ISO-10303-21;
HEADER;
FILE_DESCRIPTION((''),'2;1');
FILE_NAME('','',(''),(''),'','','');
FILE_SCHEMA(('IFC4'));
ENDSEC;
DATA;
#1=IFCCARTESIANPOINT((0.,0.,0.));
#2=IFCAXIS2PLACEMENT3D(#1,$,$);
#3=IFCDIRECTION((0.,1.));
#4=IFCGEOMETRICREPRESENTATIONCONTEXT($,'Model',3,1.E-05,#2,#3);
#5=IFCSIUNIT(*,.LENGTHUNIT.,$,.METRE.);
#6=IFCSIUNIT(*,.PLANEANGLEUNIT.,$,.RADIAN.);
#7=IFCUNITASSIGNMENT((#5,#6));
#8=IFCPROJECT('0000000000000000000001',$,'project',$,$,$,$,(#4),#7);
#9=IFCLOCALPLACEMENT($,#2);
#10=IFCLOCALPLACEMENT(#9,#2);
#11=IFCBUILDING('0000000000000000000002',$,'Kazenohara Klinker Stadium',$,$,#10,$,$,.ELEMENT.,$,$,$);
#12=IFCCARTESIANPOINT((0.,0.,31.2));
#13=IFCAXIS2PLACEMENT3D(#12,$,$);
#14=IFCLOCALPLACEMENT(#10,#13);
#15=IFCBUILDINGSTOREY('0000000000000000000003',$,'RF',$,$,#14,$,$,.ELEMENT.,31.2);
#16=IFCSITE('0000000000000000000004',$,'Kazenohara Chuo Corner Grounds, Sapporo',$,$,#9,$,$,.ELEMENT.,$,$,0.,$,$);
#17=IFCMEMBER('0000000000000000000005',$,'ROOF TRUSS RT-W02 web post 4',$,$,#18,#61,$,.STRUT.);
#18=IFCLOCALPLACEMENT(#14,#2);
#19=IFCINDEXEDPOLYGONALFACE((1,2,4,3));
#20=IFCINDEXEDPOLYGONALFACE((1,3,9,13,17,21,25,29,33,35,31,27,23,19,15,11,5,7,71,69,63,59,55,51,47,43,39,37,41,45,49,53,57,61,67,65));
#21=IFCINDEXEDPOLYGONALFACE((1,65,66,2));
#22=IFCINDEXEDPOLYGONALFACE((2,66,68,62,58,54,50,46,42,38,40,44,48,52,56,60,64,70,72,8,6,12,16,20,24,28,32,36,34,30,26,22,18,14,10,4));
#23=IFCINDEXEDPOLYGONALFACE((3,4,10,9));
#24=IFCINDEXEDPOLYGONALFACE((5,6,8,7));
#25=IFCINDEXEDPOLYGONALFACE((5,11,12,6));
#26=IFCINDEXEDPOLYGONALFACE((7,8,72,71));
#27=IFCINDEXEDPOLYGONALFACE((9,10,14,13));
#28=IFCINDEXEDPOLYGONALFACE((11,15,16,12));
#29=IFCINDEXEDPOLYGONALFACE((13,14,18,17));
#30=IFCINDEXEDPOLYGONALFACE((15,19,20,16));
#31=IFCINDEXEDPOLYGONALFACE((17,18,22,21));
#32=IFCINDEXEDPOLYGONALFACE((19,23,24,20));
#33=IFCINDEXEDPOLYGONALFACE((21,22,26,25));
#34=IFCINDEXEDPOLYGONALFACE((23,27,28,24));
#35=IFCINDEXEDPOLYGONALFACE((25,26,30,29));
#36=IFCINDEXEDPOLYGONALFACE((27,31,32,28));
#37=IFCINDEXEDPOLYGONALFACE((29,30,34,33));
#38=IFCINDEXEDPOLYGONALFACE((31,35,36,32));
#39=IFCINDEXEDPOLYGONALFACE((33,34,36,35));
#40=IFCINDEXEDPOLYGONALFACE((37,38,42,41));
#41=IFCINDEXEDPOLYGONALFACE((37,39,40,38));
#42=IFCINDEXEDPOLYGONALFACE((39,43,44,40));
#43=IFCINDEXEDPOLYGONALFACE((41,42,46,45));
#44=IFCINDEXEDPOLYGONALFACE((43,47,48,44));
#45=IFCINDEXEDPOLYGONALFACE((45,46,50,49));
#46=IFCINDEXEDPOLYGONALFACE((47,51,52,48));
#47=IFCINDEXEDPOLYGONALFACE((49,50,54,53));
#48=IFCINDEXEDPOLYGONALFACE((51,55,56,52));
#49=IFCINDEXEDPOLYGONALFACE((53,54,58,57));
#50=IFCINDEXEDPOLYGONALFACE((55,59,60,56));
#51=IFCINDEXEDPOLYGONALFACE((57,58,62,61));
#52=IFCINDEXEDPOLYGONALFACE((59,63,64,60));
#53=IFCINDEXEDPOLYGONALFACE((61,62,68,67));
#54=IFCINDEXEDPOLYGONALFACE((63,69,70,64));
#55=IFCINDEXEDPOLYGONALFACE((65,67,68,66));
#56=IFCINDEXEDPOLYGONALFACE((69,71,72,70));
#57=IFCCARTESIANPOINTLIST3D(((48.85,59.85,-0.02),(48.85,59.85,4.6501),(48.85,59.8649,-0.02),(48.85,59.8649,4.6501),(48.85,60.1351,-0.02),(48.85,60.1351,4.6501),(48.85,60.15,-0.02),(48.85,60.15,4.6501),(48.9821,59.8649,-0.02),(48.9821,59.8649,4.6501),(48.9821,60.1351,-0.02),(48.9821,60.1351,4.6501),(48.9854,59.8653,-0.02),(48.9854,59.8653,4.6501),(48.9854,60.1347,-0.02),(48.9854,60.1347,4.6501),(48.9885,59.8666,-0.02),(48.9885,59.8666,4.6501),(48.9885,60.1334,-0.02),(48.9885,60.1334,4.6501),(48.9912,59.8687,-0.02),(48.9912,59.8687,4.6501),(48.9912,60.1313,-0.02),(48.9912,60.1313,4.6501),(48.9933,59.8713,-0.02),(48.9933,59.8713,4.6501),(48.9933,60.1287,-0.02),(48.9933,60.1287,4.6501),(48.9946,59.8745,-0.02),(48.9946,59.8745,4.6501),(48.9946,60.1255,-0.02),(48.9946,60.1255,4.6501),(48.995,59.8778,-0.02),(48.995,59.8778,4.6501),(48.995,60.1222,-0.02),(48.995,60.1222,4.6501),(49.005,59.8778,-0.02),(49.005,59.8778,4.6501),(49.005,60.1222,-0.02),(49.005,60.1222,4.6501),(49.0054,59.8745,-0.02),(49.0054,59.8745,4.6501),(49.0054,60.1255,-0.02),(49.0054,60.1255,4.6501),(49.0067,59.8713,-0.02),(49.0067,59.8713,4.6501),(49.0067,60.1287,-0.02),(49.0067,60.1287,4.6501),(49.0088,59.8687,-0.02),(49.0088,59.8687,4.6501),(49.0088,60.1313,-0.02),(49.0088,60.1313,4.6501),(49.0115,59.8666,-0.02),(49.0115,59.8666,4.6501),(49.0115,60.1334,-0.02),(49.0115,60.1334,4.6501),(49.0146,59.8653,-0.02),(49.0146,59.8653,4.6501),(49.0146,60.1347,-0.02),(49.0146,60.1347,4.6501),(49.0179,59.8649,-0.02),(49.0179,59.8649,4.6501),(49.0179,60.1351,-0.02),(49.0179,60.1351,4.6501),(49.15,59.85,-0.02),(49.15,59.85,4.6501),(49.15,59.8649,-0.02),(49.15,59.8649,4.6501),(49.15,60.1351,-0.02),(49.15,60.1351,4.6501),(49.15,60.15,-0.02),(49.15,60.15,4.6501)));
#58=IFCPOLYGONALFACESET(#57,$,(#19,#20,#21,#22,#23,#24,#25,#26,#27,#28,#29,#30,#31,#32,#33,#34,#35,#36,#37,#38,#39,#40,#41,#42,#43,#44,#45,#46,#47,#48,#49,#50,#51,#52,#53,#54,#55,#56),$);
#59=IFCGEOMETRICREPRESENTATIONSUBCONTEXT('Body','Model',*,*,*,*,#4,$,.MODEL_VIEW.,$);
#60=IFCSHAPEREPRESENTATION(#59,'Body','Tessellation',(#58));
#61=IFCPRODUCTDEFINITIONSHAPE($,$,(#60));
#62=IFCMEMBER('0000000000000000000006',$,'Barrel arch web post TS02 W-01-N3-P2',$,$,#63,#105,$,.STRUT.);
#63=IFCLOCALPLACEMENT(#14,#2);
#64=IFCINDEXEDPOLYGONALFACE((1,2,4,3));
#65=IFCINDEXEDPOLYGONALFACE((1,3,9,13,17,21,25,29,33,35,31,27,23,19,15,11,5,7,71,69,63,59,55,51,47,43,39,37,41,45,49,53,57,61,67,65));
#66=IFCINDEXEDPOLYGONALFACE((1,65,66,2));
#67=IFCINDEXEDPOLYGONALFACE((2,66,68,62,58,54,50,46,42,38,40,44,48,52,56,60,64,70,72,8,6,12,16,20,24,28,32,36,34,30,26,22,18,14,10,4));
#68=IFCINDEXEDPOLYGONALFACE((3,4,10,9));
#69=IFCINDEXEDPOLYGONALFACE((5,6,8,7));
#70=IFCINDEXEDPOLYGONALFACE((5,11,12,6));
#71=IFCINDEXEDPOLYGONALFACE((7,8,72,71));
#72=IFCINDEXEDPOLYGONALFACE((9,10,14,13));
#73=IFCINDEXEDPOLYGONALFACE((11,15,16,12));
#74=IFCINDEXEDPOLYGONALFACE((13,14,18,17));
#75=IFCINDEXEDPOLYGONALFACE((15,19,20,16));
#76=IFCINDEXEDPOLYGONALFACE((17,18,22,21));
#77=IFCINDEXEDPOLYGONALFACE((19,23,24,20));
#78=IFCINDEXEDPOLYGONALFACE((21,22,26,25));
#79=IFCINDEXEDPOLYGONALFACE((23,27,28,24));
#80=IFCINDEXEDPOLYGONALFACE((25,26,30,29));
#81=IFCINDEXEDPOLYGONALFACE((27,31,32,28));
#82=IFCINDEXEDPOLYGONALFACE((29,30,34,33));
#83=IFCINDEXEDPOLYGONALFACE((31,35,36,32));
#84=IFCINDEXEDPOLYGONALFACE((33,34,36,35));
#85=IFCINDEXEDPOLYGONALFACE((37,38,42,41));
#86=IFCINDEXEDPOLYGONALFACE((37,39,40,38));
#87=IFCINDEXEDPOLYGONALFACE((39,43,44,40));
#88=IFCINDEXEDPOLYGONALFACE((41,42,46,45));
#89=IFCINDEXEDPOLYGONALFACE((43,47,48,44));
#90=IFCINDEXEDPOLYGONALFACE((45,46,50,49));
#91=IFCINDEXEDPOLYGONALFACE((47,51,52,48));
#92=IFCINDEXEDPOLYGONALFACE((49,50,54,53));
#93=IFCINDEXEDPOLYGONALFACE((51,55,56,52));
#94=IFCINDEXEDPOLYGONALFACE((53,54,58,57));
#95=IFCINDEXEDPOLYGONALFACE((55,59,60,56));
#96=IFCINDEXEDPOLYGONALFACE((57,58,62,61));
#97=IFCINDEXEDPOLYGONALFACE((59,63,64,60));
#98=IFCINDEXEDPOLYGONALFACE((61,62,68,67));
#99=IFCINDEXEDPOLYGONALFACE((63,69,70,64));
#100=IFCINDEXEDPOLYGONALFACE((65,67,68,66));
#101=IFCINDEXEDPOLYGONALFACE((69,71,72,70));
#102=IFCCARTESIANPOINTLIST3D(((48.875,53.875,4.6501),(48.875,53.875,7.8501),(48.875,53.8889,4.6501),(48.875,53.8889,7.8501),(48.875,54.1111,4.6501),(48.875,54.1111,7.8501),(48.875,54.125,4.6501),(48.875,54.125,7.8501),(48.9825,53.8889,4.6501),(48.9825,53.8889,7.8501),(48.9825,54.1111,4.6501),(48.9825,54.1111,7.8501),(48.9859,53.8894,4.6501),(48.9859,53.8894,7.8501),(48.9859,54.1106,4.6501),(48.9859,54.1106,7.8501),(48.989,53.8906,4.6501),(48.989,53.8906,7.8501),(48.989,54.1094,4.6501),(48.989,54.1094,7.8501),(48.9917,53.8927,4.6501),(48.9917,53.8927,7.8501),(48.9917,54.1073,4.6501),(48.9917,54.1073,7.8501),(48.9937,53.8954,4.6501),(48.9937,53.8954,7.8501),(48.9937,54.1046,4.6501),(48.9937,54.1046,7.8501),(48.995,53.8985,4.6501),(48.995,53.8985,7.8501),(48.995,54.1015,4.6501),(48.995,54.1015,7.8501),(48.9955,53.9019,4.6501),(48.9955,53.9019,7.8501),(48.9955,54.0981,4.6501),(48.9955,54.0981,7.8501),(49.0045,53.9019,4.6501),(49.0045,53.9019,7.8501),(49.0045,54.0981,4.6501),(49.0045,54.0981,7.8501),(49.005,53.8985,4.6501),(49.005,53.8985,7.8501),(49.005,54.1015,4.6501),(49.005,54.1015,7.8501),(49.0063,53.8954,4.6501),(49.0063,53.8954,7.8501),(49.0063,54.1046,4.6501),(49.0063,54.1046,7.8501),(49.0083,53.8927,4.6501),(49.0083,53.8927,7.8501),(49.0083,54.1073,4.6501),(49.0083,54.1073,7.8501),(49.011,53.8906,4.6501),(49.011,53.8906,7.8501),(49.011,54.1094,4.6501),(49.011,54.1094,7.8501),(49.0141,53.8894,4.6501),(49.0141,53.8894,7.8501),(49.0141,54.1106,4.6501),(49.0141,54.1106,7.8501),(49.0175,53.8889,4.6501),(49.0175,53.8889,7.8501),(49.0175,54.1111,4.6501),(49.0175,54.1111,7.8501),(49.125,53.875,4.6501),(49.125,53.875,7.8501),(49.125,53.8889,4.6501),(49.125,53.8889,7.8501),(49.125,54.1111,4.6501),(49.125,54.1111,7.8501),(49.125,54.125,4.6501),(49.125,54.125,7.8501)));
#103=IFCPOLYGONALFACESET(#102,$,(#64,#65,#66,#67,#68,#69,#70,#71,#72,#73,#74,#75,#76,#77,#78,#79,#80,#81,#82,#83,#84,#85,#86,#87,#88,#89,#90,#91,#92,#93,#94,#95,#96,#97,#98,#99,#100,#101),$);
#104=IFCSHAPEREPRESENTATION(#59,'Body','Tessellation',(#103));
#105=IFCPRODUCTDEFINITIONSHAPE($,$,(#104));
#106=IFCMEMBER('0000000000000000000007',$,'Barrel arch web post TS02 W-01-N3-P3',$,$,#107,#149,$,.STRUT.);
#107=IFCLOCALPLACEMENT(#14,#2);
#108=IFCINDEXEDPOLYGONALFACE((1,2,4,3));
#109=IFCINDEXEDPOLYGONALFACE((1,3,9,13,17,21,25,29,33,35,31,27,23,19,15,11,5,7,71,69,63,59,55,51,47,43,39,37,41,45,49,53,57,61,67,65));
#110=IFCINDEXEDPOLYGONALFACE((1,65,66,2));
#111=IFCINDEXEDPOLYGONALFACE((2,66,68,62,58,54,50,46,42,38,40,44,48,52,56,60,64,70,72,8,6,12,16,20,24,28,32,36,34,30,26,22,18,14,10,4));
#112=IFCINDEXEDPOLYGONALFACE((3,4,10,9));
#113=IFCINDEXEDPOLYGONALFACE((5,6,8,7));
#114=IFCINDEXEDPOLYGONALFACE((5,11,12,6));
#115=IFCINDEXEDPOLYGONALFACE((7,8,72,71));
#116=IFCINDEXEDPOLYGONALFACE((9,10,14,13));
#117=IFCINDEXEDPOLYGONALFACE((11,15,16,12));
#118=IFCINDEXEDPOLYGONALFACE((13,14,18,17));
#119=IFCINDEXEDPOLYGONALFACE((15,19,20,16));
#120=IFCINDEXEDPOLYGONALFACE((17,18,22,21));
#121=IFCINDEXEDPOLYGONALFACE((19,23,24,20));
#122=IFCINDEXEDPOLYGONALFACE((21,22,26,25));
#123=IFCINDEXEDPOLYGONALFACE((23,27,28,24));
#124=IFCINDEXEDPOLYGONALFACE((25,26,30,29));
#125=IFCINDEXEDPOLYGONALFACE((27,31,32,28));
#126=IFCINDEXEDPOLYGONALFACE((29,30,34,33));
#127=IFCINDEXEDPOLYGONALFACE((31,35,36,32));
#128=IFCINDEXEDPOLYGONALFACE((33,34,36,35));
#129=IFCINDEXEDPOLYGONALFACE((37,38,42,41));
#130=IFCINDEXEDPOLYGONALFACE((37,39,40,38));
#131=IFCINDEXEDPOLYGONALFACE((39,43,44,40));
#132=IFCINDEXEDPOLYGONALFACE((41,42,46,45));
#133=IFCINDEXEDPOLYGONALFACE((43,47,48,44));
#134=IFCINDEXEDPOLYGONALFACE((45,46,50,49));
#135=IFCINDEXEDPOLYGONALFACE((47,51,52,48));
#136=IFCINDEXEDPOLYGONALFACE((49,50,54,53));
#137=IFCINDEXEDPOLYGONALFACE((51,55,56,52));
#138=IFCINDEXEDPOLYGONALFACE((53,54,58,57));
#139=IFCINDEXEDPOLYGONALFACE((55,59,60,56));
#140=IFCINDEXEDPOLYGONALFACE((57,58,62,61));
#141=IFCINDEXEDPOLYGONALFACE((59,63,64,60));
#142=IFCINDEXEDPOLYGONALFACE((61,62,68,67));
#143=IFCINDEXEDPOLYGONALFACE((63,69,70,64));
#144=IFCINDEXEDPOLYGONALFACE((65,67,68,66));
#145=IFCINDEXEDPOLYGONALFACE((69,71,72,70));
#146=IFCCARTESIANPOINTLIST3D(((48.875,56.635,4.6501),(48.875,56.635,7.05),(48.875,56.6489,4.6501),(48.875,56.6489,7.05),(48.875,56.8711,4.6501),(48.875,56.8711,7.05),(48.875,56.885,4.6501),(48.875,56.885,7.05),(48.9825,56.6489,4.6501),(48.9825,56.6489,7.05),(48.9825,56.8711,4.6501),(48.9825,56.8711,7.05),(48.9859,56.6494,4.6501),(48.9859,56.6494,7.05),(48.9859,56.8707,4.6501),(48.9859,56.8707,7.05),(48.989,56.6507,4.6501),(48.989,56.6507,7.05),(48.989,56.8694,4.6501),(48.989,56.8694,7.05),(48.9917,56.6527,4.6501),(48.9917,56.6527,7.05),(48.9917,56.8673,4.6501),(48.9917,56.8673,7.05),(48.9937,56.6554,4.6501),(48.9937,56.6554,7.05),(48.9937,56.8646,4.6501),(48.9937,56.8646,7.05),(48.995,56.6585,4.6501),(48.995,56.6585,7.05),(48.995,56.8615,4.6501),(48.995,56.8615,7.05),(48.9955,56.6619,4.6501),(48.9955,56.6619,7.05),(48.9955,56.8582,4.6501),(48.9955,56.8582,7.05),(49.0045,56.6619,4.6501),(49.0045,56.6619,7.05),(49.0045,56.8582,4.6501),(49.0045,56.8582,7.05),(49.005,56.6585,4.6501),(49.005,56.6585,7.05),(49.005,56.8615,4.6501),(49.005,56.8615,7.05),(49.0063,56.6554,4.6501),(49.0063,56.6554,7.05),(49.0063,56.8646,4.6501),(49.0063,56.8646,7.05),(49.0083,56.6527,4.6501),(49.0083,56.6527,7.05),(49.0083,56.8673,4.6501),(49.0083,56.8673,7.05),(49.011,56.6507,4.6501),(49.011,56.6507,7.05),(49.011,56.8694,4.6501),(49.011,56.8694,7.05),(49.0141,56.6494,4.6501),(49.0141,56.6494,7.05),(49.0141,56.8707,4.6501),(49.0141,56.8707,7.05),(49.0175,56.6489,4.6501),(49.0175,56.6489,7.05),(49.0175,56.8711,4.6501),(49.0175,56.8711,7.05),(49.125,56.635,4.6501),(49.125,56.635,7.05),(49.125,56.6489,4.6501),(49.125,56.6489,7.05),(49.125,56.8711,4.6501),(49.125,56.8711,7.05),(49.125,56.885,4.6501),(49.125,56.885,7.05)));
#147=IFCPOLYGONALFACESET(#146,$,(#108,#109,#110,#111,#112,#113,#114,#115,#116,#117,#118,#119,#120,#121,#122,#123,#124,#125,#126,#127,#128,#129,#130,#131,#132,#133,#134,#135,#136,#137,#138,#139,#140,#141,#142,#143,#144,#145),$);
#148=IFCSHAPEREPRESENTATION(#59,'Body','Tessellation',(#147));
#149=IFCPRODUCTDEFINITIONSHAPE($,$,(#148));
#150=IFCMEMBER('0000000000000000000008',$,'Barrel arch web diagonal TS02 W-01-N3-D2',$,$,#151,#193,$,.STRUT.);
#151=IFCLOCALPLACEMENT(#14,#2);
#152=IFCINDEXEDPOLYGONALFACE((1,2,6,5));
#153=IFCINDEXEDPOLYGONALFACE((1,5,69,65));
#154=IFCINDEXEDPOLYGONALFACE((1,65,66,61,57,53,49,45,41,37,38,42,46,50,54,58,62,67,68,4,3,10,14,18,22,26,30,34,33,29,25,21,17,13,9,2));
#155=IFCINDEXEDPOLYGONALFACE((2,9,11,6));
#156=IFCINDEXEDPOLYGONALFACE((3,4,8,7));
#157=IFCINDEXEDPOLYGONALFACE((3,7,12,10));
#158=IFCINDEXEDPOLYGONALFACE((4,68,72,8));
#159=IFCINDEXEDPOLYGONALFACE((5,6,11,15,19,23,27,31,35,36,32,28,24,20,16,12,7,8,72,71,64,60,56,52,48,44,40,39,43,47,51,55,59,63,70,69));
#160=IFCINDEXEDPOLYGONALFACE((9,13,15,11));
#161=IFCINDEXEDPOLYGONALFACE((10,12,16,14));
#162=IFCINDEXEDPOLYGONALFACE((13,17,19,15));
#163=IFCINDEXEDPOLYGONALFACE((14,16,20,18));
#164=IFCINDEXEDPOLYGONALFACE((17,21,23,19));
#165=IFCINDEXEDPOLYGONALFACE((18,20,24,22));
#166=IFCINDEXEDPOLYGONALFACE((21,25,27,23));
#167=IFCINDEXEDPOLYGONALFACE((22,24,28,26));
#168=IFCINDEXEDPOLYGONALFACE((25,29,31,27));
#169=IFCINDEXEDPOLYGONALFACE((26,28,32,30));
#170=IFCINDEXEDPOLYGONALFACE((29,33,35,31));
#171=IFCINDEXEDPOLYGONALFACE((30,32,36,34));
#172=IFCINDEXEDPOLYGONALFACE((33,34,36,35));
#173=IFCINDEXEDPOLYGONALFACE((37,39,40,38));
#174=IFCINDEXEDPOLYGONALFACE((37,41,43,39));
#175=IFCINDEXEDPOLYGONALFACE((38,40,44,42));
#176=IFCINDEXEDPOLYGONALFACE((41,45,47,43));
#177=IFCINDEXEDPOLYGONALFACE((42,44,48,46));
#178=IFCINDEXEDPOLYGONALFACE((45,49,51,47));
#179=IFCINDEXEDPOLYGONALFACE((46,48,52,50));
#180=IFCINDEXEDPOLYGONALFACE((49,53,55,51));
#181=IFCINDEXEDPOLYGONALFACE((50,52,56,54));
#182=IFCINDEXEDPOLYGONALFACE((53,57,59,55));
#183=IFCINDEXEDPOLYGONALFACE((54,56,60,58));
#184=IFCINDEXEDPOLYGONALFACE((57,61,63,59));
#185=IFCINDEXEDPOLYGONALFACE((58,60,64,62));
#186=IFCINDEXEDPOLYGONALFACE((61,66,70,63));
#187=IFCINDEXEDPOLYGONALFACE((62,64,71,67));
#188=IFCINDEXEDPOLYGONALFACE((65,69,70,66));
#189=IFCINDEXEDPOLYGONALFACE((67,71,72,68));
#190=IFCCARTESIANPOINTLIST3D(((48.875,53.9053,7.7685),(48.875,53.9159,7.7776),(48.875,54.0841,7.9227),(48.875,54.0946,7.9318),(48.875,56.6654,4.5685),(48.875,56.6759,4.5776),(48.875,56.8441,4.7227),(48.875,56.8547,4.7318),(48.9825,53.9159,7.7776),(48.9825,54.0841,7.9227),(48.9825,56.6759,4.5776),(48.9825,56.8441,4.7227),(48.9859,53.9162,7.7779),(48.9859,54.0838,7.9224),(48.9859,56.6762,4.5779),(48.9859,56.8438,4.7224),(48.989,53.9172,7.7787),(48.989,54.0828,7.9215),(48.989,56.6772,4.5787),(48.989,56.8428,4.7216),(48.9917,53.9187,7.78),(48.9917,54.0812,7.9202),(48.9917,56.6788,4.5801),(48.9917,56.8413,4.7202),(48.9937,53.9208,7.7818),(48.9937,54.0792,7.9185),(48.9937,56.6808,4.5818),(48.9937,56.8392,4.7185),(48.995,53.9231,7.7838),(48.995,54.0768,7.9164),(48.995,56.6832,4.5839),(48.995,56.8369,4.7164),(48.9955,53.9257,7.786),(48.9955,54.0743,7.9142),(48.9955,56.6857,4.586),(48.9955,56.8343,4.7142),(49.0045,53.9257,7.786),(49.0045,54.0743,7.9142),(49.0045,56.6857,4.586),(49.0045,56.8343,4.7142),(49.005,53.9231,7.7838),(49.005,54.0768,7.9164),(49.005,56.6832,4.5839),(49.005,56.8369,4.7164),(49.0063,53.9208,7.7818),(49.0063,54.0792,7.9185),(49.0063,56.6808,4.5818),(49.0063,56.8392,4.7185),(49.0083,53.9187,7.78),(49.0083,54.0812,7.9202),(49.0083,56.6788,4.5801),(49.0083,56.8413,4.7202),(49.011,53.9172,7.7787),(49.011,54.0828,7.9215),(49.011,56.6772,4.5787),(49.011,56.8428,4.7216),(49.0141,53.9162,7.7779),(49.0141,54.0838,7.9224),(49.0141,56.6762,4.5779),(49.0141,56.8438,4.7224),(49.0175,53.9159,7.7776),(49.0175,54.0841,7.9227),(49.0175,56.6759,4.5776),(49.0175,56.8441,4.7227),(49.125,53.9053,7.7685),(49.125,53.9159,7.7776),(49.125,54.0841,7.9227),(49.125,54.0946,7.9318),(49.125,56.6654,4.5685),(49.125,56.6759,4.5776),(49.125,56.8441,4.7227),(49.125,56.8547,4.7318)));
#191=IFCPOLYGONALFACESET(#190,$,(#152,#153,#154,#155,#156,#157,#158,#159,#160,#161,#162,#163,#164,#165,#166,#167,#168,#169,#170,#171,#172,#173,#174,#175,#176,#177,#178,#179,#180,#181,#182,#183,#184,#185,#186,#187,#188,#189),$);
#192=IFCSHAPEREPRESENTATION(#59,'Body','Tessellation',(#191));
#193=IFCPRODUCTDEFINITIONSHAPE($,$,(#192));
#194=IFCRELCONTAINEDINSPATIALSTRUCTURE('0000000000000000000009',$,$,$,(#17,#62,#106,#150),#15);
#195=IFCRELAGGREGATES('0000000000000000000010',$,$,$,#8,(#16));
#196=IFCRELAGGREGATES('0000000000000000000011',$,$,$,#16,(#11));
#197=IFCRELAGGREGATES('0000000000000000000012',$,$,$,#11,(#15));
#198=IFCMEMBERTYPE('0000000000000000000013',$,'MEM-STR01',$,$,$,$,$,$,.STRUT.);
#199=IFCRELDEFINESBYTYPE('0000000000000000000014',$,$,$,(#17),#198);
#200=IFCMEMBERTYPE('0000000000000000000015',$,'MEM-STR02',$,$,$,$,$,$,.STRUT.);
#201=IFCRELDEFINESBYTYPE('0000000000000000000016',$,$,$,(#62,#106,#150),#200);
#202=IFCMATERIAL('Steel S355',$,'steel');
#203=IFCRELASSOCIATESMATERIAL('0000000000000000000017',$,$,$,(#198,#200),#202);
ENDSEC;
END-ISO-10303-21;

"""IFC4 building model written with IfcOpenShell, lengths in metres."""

from ifc_helpers import new_model, si_unit, direction, frame, origin, origin_2d, place, context, subcontext, project, spatial, i_section, extrude, material, material_profile, profile_set, type_object, element, save


model = new_model("IFC4")

# Units and contexts
model_context = context("Model", 3, precision=1e-05, world=origin(), true_north=direction((0.0, 1.0)))
body_context = subcontext(model_context, "Body", "Model", "MODEL_VIEW")
ifc_project = project(units=[si_unit("LENGTHUNIT", "METRE"), si_unit("PLANEANGLEUNIT", "RADIAN")], contexts=[model_context])

# Site, building, storey
site_placement = place(None, origin())
site = spatial("IfcSite", under=ifc_project, at=site_placement, Name="Kazenohara Chuo Corner Grounds, Sapporo", CompositionType="ELEMENT", RefElevation=0.0)
building_placement = place(site_placement, origin())
building = spatial("IfcBuilding", under=site, at=building_placement, Name="Kazenohara Klinker Stadium", CompositionType="ELEMENT")
storey_placement = place(building_placement, frame((0.0, 0.0, 31.2)))
storey = spatial("IfcBuildingStorey", under=building, at=storey_placement, Name="RF", CompositionType="ELEMENT", Elevation=31.2)

# Members
ifc_material_1 = material(Name="Steel S355", Category="steel")
ifc_material_profile_1 = material_profile(ifc_material_1, i_section(OverallWidth=0.3, OverallDepth=0.3, WebThickness=0.01, FlangeThickness=0.0149, FilletRadius=0.0129, at=origin_2d()), Name="H-300x300x10x15")
ifc_profile_set_1 = profile_set([ifc_material_profile_1], Name="Steel S355")
member_type_1 = type_object("IfcMemberType", Name="MEM-STR01", PredefinedType="STRUT", material=ifc_profile_set_1)
member_1_placement = place(storey_placement, frame((49.0, 60.0, -0.02), z_axis=(0.0, 0.0, 1.0), x_axis=(1.0, 0.0, 0.0)))
element("IfcMember", 1, at=member_1_placement, inside=storey, type_object=member_type_1, Name="ROOF TRUSS RT-W02 web post 4", PredefinedType="STRUT", context=body_context, shape_type="SweptSolid", body=[
    extrude(i_section(OverallWidth=0.3, OverallDepth=0.3, WebThickness=0.01, FlangeThickness=0.0149, FilletRadius=0.0129, at=origin_2d()), origin(), (0.0, 0.0, 1.0), 4.6702),
])
ifc_material_profile_2 = material_profile(ifc_material_1, i_section(OverallWidth=0.25, OverallDepth=0.25, WebThickness=0.009, FlangeThickness=0.0139, FilletRadius=0.0129, at=origin_2d()), Name="H-250x250x9x14")
ifc_profile_set_2 = profile_set([ifc_material_profile_2], Name="Steel S355")
member_type_2 = type_object("IfcMemberType", Name="MEM-STR02", PredefinedType="STRUT", material=ifc_profile_set_2)
member_2_placement = place(storey_placement, frame((49.0, 54.0, 4.6501), z_axis=(0.0, 0.0, 1.0), x_axis=(1.0, 0.0, 0.0)))
element("IfcMember", 2, at=member_2_placement, inside=storey, type_object=member_type_2, Name="Barrel arch web post TS02 W-01-N3-P2", PredefinedType="STRUT", context=body_context, shape_type="SweptSolid", body=[
    extrude(i_section(OverallWidth=0.25, OverallDepth=0.25, WebThickness=0.009, FlangeThickness=0.0139, FilletRadius=0.0129, at=origin_2d()), origin(), (0.0, 0.0, 1.0), 3.2),
])
member_3_placement = place(storey_placement, frame((49.0, 56.76, 4.6501), z_axis=(0.0, 0.0, 1.0), x_axis=(1.0, 0.0, 0.0)))
element("IfcMember", 3, at=member_3_placement, inside=storey, type_object=member_type_2, Name="Barrel arch web post TS02 W-01-N3-P3", PredefinedType="STRUT", context=body_context, shape_type="SweptSolid", body=[
    extrude(i_section(OverallWidth=0.25, OverallDepth=0.25, WebThickness=0.009, FlangeThickness=0.0139, FilletRadius=0.0129, at=origin_2d()), origin(), (0.0, 0.0, 1.0), 2.3999),
])
member_4_placement = place(storey_placement, frame((49.0, 56.76, 4.6501), z_axis=(0.0, -0.653134, 0.757242), x_axis=(1.0, 0.0, 0.0)))
element("IfcMember", 4, at=member_4_placement, inside=storey, type_object=member_type_2, Name="Barrel arch web diagonal TS02 W-01-N3-D2", PredefinedType="STRUT", context=body_context, shape_type="SweptSolid", body=[
    extrude(i_section(OverallWidth=0.25, OverallDepth=0.25, WebThickness=0.009, FlangeThickness=0.0139, FilletRadius=0.0129, at=origin_2d()), origin(), (0.0, 0.0, 1.0), 4.2258),
])

save(model, "model.ifc")
